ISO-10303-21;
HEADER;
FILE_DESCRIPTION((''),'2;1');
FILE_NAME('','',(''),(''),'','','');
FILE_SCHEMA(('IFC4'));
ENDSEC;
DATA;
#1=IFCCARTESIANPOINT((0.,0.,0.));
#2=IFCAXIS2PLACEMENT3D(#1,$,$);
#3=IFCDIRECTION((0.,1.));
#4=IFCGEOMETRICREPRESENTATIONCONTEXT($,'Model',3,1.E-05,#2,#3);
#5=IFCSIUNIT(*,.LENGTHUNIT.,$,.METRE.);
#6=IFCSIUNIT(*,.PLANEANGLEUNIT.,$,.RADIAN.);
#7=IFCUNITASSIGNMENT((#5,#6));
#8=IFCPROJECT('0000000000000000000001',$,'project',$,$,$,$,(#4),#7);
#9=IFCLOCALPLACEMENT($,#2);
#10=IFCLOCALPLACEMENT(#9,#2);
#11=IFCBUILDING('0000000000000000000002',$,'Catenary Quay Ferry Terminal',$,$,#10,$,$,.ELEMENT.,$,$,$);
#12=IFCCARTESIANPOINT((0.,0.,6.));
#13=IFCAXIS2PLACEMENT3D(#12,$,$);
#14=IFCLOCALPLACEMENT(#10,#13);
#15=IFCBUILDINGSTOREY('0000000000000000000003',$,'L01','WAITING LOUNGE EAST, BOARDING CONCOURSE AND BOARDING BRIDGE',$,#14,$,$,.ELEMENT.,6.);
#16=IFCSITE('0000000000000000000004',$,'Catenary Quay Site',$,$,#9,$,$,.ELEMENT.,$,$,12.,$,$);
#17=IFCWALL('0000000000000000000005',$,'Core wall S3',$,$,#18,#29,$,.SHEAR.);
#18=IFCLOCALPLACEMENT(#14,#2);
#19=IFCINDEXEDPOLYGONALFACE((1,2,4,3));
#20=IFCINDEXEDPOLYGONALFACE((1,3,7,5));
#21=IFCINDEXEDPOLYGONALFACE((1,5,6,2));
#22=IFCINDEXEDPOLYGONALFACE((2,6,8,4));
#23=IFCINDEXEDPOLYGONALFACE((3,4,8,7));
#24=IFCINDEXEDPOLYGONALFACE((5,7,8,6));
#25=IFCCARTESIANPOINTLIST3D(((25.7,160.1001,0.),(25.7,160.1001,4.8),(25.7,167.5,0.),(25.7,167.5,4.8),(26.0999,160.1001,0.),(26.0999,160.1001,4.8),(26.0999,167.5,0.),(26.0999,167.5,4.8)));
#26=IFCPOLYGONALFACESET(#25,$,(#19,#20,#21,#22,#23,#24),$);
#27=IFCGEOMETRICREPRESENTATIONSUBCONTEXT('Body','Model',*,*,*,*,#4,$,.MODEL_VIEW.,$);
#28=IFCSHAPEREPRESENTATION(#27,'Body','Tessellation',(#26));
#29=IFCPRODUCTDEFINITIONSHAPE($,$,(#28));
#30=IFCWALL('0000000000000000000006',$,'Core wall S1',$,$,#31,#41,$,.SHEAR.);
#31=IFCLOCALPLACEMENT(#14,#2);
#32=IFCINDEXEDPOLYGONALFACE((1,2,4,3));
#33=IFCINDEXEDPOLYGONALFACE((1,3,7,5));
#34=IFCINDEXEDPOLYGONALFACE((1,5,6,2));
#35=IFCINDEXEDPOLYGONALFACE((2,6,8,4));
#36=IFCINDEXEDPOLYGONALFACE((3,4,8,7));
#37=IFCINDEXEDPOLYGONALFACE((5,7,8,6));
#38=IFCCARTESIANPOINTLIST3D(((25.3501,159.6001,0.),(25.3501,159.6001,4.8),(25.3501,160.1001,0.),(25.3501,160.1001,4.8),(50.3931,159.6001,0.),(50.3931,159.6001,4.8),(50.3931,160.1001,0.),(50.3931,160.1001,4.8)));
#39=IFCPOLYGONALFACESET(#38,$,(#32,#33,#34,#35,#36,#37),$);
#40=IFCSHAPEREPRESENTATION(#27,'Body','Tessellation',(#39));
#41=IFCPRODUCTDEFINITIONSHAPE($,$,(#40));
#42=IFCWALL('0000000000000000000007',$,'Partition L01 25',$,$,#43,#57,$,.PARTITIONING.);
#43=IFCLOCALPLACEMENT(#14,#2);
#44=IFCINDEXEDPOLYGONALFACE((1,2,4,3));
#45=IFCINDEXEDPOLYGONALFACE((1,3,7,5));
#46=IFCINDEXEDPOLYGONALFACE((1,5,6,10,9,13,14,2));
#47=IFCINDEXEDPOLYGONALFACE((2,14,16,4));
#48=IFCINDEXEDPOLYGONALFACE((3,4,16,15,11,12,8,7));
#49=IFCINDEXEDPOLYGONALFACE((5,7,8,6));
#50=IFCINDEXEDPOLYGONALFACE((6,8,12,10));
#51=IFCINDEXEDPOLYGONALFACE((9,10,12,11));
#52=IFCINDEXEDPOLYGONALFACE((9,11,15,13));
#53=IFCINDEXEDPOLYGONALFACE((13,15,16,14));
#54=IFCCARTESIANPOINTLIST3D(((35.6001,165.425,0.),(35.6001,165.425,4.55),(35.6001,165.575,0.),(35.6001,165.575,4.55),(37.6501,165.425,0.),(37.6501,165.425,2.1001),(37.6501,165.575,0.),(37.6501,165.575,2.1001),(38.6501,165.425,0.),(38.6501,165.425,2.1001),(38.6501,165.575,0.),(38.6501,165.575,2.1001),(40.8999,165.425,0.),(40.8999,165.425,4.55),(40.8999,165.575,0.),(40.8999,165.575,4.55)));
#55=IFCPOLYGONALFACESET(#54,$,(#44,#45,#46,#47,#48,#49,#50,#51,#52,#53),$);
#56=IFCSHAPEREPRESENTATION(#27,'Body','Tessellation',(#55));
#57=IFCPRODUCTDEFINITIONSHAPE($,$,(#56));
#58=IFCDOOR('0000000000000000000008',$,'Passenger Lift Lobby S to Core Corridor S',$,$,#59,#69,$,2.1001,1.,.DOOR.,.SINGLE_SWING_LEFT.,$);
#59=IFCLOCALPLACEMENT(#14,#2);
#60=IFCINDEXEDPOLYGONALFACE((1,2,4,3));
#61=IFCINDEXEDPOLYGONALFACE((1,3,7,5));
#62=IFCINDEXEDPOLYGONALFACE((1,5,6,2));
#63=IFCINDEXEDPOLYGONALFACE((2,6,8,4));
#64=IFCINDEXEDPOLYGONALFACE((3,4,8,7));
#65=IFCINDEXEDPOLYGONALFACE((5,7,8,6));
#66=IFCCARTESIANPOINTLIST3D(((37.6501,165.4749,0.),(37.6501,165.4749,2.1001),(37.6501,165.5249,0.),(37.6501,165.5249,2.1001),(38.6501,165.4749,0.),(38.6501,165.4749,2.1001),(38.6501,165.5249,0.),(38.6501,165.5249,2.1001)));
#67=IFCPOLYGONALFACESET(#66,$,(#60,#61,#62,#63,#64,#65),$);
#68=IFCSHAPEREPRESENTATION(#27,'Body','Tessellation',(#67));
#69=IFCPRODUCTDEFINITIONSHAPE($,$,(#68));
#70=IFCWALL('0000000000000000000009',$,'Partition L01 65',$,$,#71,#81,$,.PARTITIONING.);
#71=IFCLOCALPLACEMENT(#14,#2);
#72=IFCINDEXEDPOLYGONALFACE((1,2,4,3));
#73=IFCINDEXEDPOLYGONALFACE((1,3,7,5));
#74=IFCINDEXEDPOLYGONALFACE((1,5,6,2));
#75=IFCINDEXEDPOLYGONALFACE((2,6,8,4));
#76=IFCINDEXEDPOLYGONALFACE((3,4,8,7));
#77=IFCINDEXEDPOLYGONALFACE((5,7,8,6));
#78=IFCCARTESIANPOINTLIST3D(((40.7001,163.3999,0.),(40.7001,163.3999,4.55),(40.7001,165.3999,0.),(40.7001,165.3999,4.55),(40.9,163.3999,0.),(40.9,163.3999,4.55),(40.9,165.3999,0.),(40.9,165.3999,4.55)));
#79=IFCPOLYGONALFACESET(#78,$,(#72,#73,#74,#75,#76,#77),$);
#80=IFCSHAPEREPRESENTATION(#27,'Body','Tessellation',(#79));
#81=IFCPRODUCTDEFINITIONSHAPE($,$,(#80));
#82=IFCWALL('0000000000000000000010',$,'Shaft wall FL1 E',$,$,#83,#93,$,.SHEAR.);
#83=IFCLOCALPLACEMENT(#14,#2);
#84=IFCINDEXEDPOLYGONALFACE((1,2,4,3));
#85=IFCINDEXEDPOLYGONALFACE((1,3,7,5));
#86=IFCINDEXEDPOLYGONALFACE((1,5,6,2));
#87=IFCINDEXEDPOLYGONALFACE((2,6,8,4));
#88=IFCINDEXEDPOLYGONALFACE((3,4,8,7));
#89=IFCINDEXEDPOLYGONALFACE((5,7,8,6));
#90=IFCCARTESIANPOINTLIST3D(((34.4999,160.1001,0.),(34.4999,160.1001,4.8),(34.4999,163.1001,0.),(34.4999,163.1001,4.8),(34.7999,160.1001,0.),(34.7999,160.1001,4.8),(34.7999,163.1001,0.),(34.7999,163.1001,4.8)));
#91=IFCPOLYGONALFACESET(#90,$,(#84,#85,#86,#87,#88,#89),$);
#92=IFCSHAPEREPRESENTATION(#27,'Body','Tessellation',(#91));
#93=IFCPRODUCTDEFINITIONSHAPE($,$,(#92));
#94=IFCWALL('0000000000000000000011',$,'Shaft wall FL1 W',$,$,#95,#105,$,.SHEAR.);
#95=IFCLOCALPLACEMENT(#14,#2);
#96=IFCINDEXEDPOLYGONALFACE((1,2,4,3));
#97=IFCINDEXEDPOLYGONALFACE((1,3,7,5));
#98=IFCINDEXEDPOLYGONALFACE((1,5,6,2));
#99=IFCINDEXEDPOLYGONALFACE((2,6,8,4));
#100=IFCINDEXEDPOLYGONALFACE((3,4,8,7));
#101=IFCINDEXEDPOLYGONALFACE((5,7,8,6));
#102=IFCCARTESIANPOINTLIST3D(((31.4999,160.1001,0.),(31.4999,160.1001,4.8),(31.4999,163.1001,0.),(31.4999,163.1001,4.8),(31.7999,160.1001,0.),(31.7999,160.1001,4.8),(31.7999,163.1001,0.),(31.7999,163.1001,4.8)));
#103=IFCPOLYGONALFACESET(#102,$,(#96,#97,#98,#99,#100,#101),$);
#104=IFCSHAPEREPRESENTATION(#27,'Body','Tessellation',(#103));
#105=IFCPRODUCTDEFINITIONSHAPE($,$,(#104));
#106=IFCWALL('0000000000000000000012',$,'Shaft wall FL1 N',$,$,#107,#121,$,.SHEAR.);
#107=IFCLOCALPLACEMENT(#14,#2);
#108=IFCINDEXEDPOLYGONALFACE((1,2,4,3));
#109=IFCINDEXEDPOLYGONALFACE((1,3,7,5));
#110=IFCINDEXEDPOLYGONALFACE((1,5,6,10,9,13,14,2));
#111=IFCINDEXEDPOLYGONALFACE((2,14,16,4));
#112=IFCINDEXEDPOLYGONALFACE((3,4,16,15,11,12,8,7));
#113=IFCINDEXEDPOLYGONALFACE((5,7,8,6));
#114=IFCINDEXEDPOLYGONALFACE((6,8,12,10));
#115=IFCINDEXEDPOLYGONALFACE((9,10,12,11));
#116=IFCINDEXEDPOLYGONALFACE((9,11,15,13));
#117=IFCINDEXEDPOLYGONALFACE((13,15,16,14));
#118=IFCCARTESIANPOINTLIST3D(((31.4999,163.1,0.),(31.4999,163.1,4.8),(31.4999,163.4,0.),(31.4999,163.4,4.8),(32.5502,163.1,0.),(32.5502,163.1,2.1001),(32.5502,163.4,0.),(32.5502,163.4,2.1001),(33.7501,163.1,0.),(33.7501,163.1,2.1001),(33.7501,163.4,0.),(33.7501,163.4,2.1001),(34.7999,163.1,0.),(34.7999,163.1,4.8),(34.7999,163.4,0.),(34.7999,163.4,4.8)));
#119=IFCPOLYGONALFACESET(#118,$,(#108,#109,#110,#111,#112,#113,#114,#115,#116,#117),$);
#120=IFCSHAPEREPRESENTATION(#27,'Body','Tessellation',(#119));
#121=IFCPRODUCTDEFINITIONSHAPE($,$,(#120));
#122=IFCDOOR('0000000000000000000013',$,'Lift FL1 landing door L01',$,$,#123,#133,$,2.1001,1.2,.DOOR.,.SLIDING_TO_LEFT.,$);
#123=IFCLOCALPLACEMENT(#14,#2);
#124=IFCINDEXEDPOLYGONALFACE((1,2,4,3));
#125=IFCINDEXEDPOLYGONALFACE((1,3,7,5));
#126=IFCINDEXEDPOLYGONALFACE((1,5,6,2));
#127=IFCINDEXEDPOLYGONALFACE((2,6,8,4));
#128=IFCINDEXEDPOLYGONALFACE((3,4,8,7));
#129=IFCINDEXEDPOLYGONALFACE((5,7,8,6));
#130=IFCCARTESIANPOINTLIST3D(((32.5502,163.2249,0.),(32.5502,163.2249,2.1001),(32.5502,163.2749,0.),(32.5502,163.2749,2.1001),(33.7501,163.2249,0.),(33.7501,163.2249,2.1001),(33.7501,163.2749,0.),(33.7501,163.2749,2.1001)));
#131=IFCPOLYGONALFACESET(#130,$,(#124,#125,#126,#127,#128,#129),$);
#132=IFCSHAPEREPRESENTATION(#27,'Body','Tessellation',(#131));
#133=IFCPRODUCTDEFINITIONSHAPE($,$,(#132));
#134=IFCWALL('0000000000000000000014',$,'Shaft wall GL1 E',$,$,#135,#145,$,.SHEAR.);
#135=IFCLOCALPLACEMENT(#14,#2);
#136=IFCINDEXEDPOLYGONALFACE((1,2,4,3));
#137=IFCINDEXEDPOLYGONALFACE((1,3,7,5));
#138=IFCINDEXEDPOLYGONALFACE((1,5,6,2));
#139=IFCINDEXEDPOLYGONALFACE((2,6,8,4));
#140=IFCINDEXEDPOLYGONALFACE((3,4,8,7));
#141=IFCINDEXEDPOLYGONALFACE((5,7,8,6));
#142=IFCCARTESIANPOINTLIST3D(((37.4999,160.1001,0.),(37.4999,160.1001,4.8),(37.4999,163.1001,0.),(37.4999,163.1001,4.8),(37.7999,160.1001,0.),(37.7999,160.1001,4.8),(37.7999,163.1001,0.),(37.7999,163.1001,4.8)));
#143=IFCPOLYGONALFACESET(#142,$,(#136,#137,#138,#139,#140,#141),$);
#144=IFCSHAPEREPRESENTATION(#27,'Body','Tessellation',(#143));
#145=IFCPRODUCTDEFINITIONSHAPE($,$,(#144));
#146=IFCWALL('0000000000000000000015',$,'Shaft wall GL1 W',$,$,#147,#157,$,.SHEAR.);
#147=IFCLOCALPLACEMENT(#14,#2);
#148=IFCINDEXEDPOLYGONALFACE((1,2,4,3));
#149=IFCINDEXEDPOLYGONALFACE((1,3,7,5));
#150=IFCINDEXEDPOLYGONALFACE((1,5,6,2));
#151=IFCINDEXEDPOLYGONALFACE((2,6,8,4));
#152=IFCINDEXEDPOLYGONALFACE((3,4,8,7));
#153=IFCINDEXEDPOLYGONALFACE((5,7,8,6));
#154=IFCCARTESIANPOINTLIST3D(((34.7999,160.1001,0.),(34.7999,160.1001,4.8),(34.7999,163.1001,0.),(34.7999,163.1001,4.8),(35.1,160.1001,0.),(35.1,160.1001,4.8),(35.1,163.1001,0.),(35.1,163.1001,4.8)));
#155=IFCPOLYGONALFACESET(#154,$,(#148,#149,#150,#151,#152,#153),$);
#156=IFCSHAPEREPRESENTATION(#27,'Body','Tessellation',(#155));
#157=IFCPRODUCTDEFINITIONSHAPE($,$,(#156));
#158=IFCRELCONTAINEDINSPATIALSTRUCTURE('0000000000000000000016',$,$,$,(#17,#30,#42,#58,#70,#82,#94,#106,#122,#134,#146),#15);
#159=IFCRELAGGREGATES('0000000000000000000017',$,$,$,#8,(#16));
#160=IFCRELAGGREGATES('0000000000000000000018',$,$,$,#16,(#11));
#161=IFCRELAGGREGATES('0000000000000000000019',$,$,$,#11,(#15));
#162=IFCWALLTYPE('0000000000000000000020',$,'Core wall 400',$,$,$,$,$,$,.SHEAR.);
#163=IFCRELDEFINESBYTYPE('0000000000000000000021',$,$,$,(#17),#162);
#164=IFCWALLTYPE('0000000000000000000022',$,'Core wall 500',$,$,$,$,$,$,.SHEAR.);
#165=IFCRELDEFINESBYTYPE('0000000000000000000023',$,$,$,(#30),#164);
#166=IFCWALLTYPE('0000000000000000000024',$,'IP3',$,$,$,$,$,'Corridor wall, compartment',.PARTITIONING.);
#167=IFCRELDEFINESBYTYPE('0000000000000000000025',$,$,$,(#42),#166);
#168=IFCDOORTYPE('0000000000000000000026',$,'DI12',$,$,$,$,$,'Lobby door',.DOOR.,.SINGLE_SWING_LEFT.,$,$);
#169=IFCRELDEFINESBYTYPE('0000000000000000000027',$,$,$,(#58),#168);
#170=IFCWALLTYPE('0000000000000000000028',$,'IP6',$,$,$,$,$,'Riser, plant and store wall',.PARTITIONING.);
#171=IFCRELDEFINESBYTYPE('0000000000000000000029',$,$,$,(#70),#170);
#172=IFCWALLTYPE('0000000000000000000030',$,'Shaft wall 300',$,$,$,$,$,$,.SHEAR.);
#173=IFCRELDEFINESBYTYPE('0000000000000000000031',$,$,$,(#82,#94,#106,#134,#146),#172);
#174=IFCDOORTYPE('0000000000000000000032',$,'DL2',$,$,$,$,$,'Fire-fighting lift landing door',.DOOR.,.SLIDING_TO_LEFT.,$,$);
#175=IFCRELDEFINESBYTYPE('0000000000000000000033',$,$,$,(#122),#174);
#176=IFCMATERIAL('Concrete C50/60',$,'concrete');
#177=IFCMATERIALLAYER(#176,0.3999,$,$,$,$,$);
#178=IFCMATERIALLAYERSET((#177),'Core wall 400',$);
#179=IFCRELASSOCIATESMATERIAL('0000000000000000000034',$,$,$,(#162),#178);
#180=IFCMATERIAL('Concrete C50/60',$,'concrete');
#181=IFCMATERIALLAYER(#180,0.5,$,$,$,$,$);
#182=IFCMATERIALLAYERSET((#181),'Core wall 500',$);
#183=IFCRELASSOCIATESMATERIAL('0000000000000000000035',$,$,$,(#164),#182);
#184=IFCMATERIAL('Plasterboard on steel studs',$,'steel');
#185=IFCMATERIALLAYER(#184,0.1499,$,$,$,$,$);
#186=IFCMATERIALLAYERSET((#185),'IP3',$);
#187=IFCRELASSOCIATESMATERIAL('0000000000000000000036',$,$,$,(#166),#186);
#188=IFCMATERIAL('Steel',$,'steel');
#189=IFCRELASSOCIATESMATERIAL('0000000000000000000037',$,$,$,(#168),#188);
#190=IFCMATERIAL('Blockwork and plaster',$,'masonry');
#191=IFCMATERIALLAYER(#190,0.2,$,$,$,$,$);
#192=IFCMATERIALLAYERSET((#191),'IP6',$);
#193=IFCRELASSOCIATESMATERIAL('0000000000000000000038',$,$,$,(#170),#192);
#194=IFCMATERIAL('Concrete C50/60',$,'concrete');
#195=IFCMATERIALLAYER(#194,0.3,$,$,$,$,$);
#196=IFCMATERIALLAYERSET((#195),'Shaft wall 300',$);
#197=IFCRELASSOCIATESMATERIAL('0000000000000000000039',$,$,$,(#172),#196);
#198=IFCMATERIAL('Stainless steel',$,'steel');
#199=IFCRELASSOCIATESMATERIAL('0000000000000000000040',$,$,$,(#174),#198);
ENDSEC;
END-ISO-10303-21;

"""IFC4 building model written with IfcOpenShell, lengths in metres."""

from ifc_helpers import new_model, si_unit, direction, frame, frame_2d, origin, place, context, subcontext, project, spatial, rectangle, extrude, material, layer, layer_set, type_object, element, fill, save


model = new_model("IFC4")

# Units and contexts
model_context = context("Model", 3, precision=1e-05, world=origin(), true_north=direction((0.0, 1.0)))
body_context = subcontext(model_context, "Body", "Model", "MODEL_VIEW")
ifc_project = project(units=[si_unit("LENGTHUNIT", "METRE"), si_unit("PLANEANGLEUNIT", "RADIAN")], contexts=[model_context])

# Site, building, storey
site_placement = place(None, origin())
site = spatial("IfcSite", under=ifc_project, at=site_placement, Name="Catenary Quay Site", CompositionType="ELEMENT", RefElevation=12.0)
building_placement = place(site_placement, origin())
building = spatial("IfcBuilding", under=site, at=building_placement, Name="Catenary Quay Ferry Terminal", CompositionType="ELEMENT")
storey_placement = place(building_placement, frame((0.0, 0.0, 6.0)))
storey = spatial("IfcBuildingStorey", under=building, at=storey_placement, Name="L01", Description="WAITING LOUNGE EAST, BOARDING CONCOURSE AND BOARDING BRIDGE", CompositionType="ELEMENT", Elevation=6.0)

# Walls
ifc_material_1 = material(Name="Concrete C50/60", Category="concrete")
ifc_layer_1 = layer(ifc_material_1, 0.3999)
ifc_layer_set_1 = layer_set([ifc_layer_1], Name="Core wall 400")
wall_type_1 = type_object("IfcWallType", Name="Core wall 400", PredefinedType="SHEAR", material=ifc_layer_set_1)
wall_1_placement = place(storey_placement, frame((25.8999, 160.1001, 0.0), z_axis=(0.0, 0.0, 1.0), x_axis=(0.0, 1.0, 0.0)))
element("IfcWall", 1, at=wall_1_placement, inside=storey, type_object=wall_type_1, Name="Core wall S3", PredefinedType="SHEAR", context=body_context, shape_type="SweptSolid", body=[
    extrude(rectangle(XDim=7.3999, YDim=0.3999, at=frame_2d((3.7, 0.0))), origin(), (0.0, 0.0, 1.0), 4.8),
])
ifc_material_2 = material(Name="Concrete C50/60", Category="concrete")
ifc_layer_2 = layer(ifc_material_2, 0.5)
ifc_layer_set_2 = layer_set([ifc_layer_2], Name="Core wall 500")
wall_type_2 = type_object("IfcWallType", Name="Core wall 500", PredefinedType="SHEAR", material=ifc_layer_set_2)
wall_2_placement = place(storey_placement, frame((25.3501, 159.8501, 0.0), z_axis=(0.0, 0.0, 1.0), x_axis=(1.0, 0.0, 0.0)))
element("IfcWall", 2, at=wall_2_placement, inside=storey, type_object=wall_type_2, Name="Core wall S1", PredefinedType="SHEAR", context=body_context, shape_type="SweptSolid", body=[
    extrude(rectangle(XDim=25.043, YDim=0.5, at=frame_2d((12.5215, 0.0))), origin(), (0.0, 0.0, 1.0), 4.8),
])

# Wall, opening, door
ifc_material_3 = material(Name="Plasterboard on steel studs", Category="steel")
ifc_layer_3 = layer(ifc_material_3, 0.1499)
ifc_layer_set_3 = layer_set([ifc_layer_3], Name="IP3")
wall_type_3 = type_object("IfcWallType", Name="IP3", ElementType="Corridor wall, compartment", PredefinedType="PARTITIONING", material=ifc_layer_set_3)
wall_3_placement = place(storey_placement, frame((35.6001, 165.5, 0.0), z_axis=(0.0, 0.0, 1.0), x_axis=(1.0, 0.0, 0.0)))
wall_3 = element("IfcWall", 3, at=wall_3_placement, inside=storey, type_object=wall_type_3, Name="Partition L01 25", PredefinedType="PARTITIONING", context=body_context, shape_type="SweptSolid", body=[
    extrude(rectangle(XDim=5.2998, YDim=0.1499, at=frame_2d((2.6499, 0.0))), origin(), (0.0, 0.0, 1.0), 4.55),
])
opening_1_placement = place(wall_3_placement, frame((2.05, 0.0, 0.0)))
opening_1 = element("IfcOpeningElement", 4, at=opening_1_placement, cuts=wall_3, PredefinedType="OPENING", context=body_context, shape_type="SweptSolid", body=[
    extrude(rectangle(XDim=1.0, YDim=2.1001, at=frame_2d((0.5, 1.05))), frame((0.0, 0.085, 0.0), z_axis=(0.0, -1.0, 0.0), x_axis=(1.0, 0.0, 0.0)), (0.0, 0.0, 1.0), 0.1699),
])
ifc_material_4 = material(Name="Steel", Category="steel")
door_type_1 = type_object("IfcDoorType", Name="DI12", ElementType="Lobby door", OperationType="SINGLE_SWING_LEFT", PredefinedType="DOOR", material=ifc_material_4)
door_1_placement = place(opening_1_placement, origin())
door_1 = element("IfcDoor", 5, at=door_1_placement, inside=storey, type_object=door_type_1, Name="Passenger Lift Lobby S to Core Corridor S", OperationType="SINGLE_SWING_LEFT", OverallHeight=2.1001, OverallWidth=1.0, PredefinedType="DOOR", context=body_context, shape_type="SweptSolid", body=[
    extrude(rectangle(XDim=1.0, YDim=2.1001, at=frame_2d((0.5, 1.05))), frame((0.0, 0.0249, 0.0), z_axis=(0.0, -1.0, 0.0), x_axis=(1.0, 0.0, 0.0)), (0.0, 0.0, 1.0), 0.05),
])
fill(opening_1, door_1)

# Walls
ifc_material_5 = material(Name="Blockwork and plaster", Category="masonry")
ifc_layer_4 = layer(ifc_material_5, 0.2)
ifc_layer_set_4 = layer_set([ifc_layer_4], Name="IP6")
wall_type_4 = type_object("IfcWallType", Name="IP6", ElementType="Riser, plant and store wall", PredefinedType="PARTITIONING", material=ifc_layer_set_4)
wall_4_placement = place(storey_placement, frame((40.8, 163.3999, 0.0), z_axis=(0.0, 0.0, 1.0), x_axis=(0.0, 1.0, 0.0)))
element("IfcWall", 6, at=wall_4_placement, inside=storey, type_object=wall_type_4, Name="Partition L01 65", PredefinedType="PARTITIONING", context=body_context, shape_type="SweptSolid", body=[
    extrude(rectangle(XDim=2.0, YDim=0.2, at=frame_2d((1.0, 0.0))), origin(), (0.0, 0.0, 1.0), 4.55),
])
ifc_material_6 = material(Name="Concrete C50/60", Category="concrete")
ifc_layer_5 = layer(ifc_material_6, 0.3)
ifc_layer_set_5 = layer_set([ifc_layer_5], Name="Shaft wall 300")
wall_type_5 = type_object("IfcWallType", Name="Shaft wall 300", PredefinedType="SHEAR", material=ifc_layer_set_5)
for number, where, z_axis, x_axis, name in (
    (7, (34.6499, 160.1001, 0.0), (0.0, 0.0, 1.0), (0.0, 1.0, 0.0), "Shaft wall FL1 E"),
    (8, (31.6499, 160.1001, 0.0), (0.0, 0.0, 1.0), (0.0, 1.0, 0.0), "Shaft wall FL1 W"),
):
    element("IfcWall", number, at=place(storey_placement, frame(where, z_axis=z_axis, x_axis=x_axis)), inside=storey, type_object=wall_type_5, Name=name, PredefinedType="SHEAR", context=body_context, shape_type="SweptSolid", body=[
        extrude(rectangle(XDim=3.0, YDim=0.3, at=frame_2d((1.5, 0.0))), origin(), (0.0, 0.0, 1.0), 4.8),
    ])

# Wall, opening, door
wall_5_placement = place(storey_placement, frame((31.5, 163.25, 0.0), z_axis=(0.0, 0.0, 1.0), x_axis=(1.0, 0.0, 0.0)))
wall_5 = element("IfcWall", 9, at=wall_5_placement, inside=storey, type_object=wall_type_5, Name="Shaft wall FL1 N", PredefinedType="SHEAR", context=body_context, shape_type="SweptSolid", body=[
    extrude(rectangle(XDim=3.3, YDim=0.3, at=frame_2d((1.6499, 0.0))), origin(), (0.0, 0.0, 1.0), 4.8),
])
opening_2_placement = place(wall_5_placement, frame((1.05, 0.0, 0.0)))
opening_2 = element("IfcOpeningElement", 10, at=opening_2_placement, cuts=wall_5, PredefinedType="OPENING", context=body_context, shape_type="SweptSolid", body=[
    extrude(rectangle(XDim=1.2, YDim=2.1001, at=frame_2d((0.6001, 1.05))), frame((0.0, 0.1599, 0.0), z_axis=(0.0, -1.0, 0.0), x_axis=(1.0, 0.0, 0.0)), (0.0, 0.0, 1.0), 0.3201),
])
ifc_material_7 = material(Name="Stainless steel", Category="steel")
door_type_2 = type_object("IfcDoorType", Name="DL2", ElementType="Fire-fighting lift landing door", OperationType="SLIDING_TO_LEFT", PredefinedType="DOOR", material=ifc_material_7)
door_2_placement = place(opening_2_placement, origin())
door_2 = element("IfcDoor", 11, at=door_2_placement, inside=storey, type_object=door_type_2, Name="Lift FL1 landing door L01", OperationType="SLIDING_TO_LEFT", OverallHeight=2.1001, OverallWidth=1.2, PredefinedType="DOOR", context=body_context, shape_type="SweptSolid", body=[
    extrude(rectangle(XDim=1.2, YDim=2.1001, at=frame_2d((0.6001, 1.05))), frame((0.0, 0.0249, 0.0), z_axis=(0.0, -1.0, 0.0), x_axis=(1.0, 0.0, 0.0)), (0.0, 0.0, 1.0), 0.05),
])
fill(opening_2, door_2)

# Walls
for number, where, z_axis, x_axis, name in (
    (12, (37.6499, 160.1001, 0.0), (0.0, 0.0, 1.0), (0.0, 1.0, 0.0), "Shaft wall GL1 E"),
    (13, (34.95, 160.1001, 0.0), (0.0, 0.0, 1.0), (0.0, 1.0, 0.0), "Shaft wall GL1 W"),
):
    element("IfcWall", number, at=place(storey_placement, frame(where, z_axis=z_axis, x_axis=x_axis)), inside=storey, type_object=wall_type_5, Name=name, PredefinedType="SHEAR", context=body_context, shape_type="SweptSolid", body=[
        extrude(rectangle(XDim=3.0, YDim=0.3, at=frame_2d((1.5, 0.0))), origin(), (0.0, 0.0, 1.0), 4.8),
    ])

save(model, "model.ifc")
